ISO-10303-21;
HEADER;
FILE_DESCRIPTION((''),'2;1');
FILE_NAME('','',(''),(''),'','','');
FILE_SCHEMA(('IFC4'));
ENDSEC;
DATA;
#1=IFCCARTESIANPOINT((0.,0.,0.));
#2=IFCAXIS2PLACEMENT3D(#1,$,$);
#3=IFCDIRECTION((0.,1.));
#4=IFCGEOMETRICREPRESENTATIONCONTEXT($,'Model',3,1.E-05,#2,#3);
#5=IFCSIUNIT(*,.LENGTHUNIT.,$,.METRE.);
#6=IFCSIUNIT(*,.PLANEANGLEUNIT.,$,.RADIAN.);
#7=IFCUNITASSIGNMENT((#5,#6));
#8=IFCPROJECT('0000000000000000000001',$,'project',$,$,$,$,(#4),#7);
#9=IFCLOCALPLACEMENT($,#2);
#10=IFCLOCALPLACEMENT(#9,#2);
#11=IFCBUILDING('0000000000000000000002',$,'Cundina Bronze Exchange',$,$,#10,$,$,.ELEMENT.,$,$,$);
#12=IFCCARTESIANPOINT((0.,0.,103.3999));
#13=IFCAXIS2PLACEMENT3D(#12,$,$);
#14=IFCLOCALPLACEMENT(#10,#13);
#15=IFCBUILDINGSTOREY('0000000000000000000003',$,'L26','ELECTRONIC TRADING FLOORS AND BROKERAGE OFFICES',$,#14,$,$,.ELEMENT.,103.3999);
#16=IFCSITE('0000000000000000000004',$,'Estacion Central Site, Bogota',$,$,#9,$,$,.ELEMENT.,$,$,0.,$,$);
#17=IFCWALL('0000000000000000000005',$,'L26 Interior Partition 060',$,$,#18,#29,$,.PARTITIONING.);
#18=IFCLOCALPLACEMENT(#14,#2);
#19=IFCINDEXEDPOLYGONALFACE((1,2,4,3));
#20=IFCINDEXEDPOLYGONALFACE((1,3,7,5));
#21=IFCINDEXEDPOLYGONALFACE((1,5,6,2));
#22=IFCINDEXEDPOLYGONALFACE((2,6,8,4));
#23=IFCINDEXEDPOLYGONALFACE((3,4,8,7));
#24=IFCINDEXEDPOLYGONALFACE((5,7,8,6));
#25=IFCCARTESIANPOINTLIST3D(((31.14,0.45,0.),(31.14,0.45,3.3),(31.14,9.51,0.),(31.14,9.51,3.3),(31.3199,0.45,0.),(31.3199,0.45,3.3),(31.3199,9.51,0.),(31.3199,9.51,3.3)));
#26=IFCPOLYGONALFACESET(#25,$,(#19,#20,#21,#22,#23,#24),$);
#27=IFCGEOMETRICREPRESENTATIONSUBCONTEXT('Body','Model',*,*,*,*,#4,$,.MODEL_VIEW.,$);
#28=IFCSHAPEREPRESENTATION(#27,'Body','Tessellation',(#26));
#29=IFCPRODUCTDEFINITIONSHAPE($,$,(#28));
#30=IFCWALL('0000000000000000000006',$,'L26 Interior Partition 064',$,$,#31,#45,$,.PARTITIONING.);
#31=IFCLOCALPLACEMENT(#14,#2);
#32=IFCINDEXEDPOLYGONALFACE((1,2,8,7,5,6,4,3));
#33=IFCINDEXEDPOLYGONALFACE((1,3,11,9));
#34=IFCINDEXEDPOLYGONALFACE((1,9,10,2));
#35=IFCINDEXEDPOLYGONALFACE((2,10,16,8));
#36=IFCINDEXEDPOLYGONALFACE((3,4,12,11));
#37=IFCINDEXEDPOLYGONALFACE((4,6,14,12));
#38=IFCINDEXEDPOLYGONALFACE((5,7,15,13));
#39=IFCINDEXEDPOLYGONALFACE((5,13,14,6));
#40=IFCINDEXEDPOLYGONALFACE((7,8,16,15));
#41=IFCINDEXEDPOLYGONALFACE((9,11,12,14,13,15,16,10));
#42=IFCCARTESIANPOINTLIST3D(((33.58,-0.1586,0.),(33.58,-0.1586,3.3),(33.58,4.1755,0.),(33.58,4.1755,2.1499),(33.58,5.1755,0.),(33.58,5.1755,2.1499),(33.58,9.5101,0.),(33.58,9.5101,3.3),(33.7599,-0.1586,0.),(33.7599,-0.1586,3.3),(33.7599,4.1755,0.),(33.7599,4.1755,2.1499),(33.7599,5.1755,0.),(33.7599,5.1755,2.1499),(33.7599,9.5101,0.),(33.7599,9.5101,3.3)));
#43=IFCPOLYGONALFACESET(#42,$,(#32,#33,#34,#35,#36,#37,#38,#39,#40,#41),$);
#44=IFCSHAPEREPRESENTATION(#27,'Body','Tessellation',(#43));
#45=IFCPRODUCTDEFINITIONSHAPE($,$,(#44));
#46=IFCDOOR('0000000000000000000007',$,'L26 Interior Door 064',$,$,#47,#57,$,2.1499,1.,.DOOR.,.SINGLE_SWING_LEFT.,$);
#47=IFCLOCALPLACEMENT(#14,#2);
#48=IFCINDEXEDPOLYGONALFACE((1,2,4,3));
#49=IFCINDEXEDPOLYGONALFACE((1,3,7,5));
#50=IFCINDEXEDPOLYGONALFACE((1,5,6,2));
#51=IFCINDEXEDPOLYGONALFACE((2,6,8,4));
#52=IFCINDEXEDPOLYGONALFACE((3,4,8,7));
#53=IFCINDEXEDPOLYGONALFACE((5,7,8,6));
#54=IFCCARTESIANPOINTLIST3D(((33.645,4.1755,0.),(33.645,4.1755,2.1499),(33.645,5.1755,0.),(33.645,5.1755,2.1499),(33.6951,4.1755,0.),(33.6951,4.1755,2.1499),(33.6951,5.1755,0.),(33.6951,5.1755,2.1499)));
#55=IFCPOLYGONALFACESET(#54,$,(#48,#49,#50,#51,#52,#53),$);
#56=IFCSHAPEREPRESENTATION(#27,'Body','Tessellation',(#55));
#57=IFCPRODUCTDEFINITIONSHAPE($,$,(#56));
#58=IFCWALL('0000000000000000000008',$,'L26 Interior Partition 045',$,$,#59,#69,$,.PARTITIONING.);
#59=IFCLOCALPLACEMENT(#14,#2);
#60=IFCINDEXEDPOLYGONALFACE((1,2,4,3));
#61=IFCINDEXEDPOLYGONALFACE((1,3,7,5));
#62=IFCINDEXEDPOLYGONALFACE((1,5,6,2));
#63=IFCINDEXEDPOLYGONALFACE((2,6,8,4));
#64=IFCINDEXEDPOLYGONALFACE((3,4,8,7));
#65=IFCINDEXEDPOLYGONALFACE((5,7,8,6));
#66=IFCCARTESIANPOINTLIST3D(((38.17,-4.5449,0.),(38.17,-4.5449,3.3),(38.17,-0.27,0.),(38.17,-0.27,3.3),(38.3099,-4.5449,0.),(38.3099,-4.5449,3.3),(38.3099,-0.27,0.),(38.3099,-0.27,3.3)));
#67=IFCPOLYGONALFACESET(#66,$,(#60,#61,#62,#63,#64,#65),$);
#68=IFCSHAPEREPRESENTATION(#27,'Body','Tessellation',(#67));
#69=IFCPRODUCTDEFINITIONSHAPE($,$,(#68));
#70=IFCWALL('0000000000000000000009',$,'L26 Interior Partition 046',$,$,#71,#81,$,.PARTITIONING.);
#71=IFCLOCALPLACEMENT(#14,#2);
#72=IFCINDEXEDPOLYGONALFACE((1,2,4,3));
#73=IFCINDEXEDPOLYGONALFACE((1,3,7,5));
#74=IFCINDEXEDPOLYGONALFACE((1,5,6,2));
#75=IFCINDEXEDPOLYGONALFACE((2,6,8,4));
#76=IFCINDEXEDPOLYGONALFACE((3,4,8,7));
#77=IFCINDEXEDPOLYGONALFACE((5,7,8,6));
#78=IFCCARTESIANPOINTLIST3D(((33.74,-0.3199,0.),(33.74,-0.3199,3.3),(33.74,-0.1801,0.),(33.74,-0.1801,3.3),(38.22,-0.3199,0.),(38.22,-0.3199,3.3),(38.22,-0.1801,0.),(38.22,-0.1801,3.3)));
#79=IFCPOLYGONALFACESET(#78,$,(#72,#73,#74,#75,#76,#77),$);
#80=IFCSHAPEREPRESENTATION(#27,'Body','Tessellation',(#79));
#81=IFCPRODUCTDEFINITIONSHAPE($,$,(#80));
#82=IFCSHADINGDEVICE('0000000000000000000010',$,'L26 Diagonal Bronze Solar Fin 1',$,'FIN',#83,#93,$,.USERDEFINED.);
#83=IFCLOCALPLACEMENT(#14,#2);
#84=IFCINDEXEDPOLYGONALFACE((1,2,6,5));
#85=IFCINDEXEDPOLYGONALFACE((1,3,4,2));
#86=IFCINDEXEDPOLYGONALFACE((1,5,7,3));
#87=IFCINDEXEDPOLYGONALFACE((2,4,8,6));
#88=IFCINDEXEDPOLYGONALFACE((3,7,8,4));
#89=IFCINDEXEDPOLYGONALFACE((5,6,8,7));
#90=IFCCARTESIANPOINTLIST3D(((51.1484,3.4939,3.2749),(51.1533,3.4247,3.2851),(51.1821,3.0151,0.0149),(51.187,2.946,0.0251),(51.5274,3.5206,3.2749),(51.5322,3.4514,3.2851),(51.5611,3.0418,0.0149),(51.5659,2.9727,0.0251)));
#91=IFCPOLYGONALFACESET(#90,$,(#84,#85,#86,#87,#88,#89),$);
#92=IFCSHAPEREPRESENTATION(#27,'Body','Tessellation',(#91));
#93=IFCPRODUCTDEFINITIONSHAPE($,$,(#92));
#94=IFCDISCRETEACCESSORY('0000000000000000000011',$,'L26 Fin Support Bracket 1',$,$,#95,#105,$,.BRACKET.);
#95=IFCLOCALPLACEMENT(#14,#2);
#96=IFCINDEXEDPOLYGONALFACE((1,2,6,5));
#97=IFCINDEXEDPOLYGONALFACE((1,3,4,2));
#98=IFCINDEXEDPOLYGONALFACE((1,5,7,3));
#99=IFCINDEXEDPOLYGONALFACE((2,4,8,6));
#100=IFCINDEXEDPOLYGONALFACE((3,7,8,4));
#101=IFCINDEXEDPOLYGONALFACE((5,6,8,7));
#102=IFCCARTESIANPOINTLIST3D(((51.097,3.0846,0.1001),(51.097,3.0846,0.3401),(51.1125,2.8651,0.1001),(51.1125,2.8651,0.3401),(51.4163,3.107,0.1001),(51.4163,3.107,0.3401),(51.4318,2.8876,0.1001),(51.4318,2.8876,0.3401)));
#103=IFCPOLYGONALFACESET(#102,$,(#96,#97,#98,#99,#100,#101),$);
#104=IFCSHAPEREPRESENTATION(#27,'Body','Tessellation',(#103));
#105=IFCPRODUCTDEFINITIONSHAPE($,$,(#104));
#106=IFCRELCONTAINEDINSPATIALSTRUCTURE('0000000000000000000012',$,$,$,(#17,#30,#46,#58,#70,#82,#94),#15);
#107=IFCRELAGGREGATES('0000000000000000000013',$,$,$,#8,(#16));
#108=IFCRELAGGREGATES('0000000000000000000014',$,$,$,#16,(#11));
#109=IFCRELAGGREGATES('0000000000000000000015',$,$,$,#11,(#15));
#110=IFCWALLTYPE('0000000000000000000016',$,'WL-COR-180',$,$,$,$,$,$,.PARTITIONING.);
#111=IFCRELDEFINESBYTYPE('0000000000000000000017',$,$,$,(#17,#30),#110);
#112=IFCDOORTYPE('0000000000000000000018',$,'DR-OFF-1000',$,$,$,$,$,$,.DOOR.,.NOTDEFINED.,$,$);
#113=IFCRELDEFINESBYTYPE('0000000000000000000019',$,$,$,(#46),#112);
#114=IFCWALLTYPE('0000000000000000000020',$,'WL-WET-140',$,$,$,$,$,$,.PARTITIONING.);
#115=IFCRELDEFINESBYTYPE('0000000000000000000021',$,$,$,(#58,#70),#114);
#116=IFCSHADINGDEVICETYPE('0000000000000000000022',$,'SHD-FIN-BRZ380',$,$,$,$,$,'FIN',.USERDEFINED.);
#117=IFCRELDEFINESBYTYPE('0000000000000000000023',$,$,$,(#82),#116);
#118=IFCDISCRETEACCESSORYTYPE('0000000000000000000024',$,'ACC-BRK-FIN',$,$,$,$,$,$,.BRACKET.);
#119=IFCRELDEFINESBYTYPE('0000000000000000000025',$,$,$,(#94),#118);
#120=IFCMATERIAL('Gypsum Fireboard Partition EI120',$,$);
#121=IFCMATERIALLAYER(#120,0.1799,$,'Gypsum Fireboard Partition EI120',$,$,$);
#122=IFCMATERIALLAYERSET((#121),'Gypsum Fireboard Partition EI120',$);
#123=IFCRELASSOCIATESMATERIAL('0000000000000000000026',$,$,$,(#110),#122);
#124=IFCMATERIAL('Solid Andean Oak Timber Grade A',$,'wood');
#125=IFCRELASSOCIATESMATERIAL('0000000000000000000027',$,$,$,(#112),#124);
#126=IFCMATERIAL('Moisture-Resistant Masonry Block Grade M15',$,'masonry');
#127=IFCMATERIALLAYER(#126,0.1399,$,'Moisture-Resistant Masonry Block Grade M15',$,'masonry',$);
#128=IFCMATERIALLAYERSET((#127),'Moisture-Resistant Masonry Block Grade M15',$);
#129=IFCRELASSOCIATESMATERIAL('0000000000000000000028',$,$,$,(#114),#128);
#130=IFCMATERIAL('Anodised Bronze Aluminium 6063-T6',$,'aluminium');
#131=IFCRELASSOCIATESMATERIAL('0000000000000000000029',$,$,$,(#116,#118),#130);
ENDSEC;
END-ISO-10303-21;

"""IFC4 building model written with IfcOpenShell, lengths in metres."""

from ifc_helpers import new_model, si_unit, direction, frame, frame_2d, origin, origin_2d, place, context, subcontext, project, spatial, rectangle, extrude, material, layer, layer_set, material_profile, profile_set, type_object, element, fill, save


model = new_model("IFC4")

# Units and contexts
model_context = context("Model", 3, precision=1e-05, world=origin(), true_north=direction((0.0, 1.0)))
body_context = subcontext(model_context, "Body", "Model", "MODEL_VIEW")
ifc_project = project(units=[si_unit("LENGTHUNIT", "METRE"), si_unit("PLANEANGLEUNIT", "RADIAN")], contexts=[model_context])

# Site, building, storey
site_placement = place(None, origin())
site = spatial("IfcSite", under=ifc_project, at=site_placement, Name="Estacion Central Site, Bogota", CompositionType="ELEMENT", RefElevation=0.0)
building_placement = place(site_placement, origin())
building = spatial("IfcBuilding", under=site, at=building_placement, Name="Cundina Bronze Exchange", CompositionType="ELEMENT")
storey_placement = place(building_placement, frame((0.0, 0.0, 103.3999)))
storey = spatial("IfcBuildingStorey", under=building, at=storey_placement, Name="L26", Description="ELECTRONIC TRADING FLOORS AND BROKERAGE OFFICES", CompositionType="ELEMENT", Elevation=103.3999)

# Shared definitions
ifc_material_1 = material(Name="Anodised Bronze Aluminium 6063-T6", Category="aluminium")

# Shared definitions
ifc_material_2 = material(Name="Gypsum Fireboard Partition EI120")
ifc_layer_1 = layer(ifc_material_2, 0.1799, Name="Gypsum Fireboard Partition EI120")
ifc_layer_set_1 = layer_set([ifc_layer_1], Name="Gypsum Fireboard Partition EI120")
wall_type_1 = type_object("IfcWallType", Name="WL-COR-180", PredefinedType="PARTITIONING", material=ifc_layer_set_1)
ifc_material_3 = material(Name="Solid Andean Oak Timber Grade A", Category="wood")
door_type_1 = type_object("IfcDoorType", Name="DR-OFF-1000", OperationType="NOTDEFINED", PredefinedType="DOOR", material=ifc_material_3)

# Wall
wall_1_placement = place(storey_placement, frame((31.23, 9.51, 0.0), z_axis=(0.0, 0.0, 1.0), x_axis=(0.0, -1.0, 0.0)))
element("IfcWall", 1, at=wall_1_placement, inside=storey, type_object=wall_type_1, Name="L26 Interior Partition 060", PredefinedType="PARTITIONING", context=body_context, shape_type="SweptSolid", body=[
    extrude(rectangle(XDim=9.0601, YDim=0.1799, at=frame_2d((4.53, 0.0))), origin(), (0.0, 0.0, 1.0), 3.3),
])

# Wall, opening, door
wall_2_placement = place(storey_placement, frame((33.6699, -0.1587, 0.0), z_axis=(0.0, 0.0, 1.0), x_axis=(0.0, 1.0, 0.0)))
wall_2 = element("IfcWall", 2, at=wall_2_placement, inside=storey, type_object=wall_type_1, Name="L26 Interior Partition 064", PredefinedType="PARTITIONING", context=body_context, shape_type="SweptSolid", body=[
    extrude(rectangle(XDim=9.6687, YDim=0.1799, at=frame_2d((4.8345, 0.0))), origin(), (0.0, 0.0, 1.0), 3.3),
])
opening_1_placement = place(wall_2_placement, frame((4.3342, 0.0, 0.0)))
opening_1 = element("IfcOpeningElement", 3, at=opening_1_placement, cuts=wall_2, PredefinedType="OPENING", context=body_context, shape_type="SweptSolid", body=[
    extrude(rectangle(XDim=1.0, YDim=2.1499, at=frame_2d((0.5, 1.075))), frame((0.0, 0.0999, 0.0), z_axis=(0.0, -1.0, 0.0), x_axis=(1.0, 0.0, 0.0)), (0.0, 0.0, 1.0), 0.2),
])
door_1_placement = place(opening_1_placement, origin())
door_1 = element("IfcDoor", 4, at=door_1_placement, inside=storey, type_object=door_type_1, Name="L26 Interior Door 064", OperationType="SINGLE_SWING_LEFT", OverallHeight=2.1499, OverallWidth=1.0, PredefinedType="DOOR", context=body_context, shape_type="SweptSolid", body=[
    extrude(rectangle(XDim=1.0, YDim=2.1499, at=frame_2d((0.5, 1.075))), frame((0.0, 0.0249, 0.0), z_axis=(0.0, -1.0, 0.0), x_axis=(1.0, 0.0, 0.0)), (0.0, 0.0, 1.0), 0.05),
])
fill(opening_1, door_1)

# Walls
ifc_material_4 = material(Name="Moisture-Resistant Masonry Block Grade M15", Category="masonry")
ifc_layer_2 = layer(ifc_material_4, 0.1399, Name="Moisture-Resistant Masonry Block Grade M15", Category="masonry")
ifc_layer_set_2 = layer_set([ifc_layer_2], Name="Moisture-Resistant Masonry Block Grade M15")
wall_type_2 = type_object("IfcWallType", Name="WL-WET-140", PredefinedType="PARTITIONING", material=ifc_layer_set_2)
wall_3_placement = place(storey_placement, frame((38.24, -4.5449, 0.0), z_axis=(0.0, 0.0, 1.0), x_axis=(0.0, 1.0, 0.0)))
element("IfcWall", 5, at=wall_3_placement, inside=storey, type_object=wall_type_2, Name="L26 Interior Partition 045", PredefinedType="PARTITIONING", context=body_context, shape_type="SweptSolid", body=[
    extrude(rectangle(XDim=4.2749, YDim=0.1399, at=frame_2d((2.1375, 0.0))), origin(), (0.0, 0.0, 1.0), 3.3),
])
wall_4_placement = place(storey_placement, frame((33.74, -0.25, 0.0), z_axis=(0.0, 0.0, 1.0), x_axis=(1.0, 0.0, 0.0)))
element("IfcWall", 6, at=wall_4_placement, inside=storey, type_object=wall_type_2, Name="L26 Interior Partition 046", PredefinedType="PARTITIONING", context=body_context, shape_type="SweptSolid", body=[
    extrude(rectangle(XDim=4.48, YDim=0.1399, at=frame_2d((2.24, 0.0))), origin(), (0.0, 0.0, 1.0), 3.3),
])

# Shading device
ifc_material_profile_1 = material_profile(ifc_material_1, rectangle(XDim=0.0701, YDim=0.3799, at=origin_2d()), Name="FIN70X380", Category="aluminium")
ifc_profile_set_1 = profile_set([ifc_material_profile_1], Name="Anodised Bronze Aluminium 6063-T6")
shading_device_type = type_object("IfcShadingDeviceType", Name="SHD-FIN-BRZ380", ElementType="FIN", PredefinedType="USERDEFINED", material=ifc_profile_set_1)
shading_device_placement = place(storey_placement, frame((51.374, 2.9939, 0.02), z_axis=(-0.010225, 0.145292, 0.989336), x_axis=(0.06945, -0.986895, 0.145652)))
element("IfcShadingDevice", 7, at=shading_device_placement, inside=storey, type_object=shading_device_type, Name="L26 Diagonal Bronze Solar Fin 1", ObjectType="FIN", PredefinedType="USERDEFINED", context=body_context, shape_type="SweptSolid", body=[
    extrude(rectangle(XDim=0.0701, YDim=0.3799, at=origin_2d()), origin(), (0.0, 0.0, 1.0), 3.2952),
])

# Discrete accessory
discrete_accessory_type = type_object("IfcDiscreteAccessoryType", Name="ACC-BRK-FIN", PredefinedType="BRACKET", material=ifc_material_1)
discrete_accessory_placement = place(storey_placement, frame((51.2644, 2.9861, 0.1001), z_axis=(0.0, 0.0, 1.0), x_axis=(-0.070279, 0.997527, 0.0)))
element("IfcDiscreteAccessory", 8, at=discrete_accessory_placement, inside=storey, type_object=discrete_accessory_type, Name="L26 Fin Support Bracket 1", PredefinedType="BRACKET", context=body_context, shape_type="SweptSolid", body=[
    extrude(rectangle(XDim=0.22, YDim=0.3201, at=origin_2d()), origin(), (0.0, 0.0, 1.0), 0.24),
])

save(model, "model.ifc")
